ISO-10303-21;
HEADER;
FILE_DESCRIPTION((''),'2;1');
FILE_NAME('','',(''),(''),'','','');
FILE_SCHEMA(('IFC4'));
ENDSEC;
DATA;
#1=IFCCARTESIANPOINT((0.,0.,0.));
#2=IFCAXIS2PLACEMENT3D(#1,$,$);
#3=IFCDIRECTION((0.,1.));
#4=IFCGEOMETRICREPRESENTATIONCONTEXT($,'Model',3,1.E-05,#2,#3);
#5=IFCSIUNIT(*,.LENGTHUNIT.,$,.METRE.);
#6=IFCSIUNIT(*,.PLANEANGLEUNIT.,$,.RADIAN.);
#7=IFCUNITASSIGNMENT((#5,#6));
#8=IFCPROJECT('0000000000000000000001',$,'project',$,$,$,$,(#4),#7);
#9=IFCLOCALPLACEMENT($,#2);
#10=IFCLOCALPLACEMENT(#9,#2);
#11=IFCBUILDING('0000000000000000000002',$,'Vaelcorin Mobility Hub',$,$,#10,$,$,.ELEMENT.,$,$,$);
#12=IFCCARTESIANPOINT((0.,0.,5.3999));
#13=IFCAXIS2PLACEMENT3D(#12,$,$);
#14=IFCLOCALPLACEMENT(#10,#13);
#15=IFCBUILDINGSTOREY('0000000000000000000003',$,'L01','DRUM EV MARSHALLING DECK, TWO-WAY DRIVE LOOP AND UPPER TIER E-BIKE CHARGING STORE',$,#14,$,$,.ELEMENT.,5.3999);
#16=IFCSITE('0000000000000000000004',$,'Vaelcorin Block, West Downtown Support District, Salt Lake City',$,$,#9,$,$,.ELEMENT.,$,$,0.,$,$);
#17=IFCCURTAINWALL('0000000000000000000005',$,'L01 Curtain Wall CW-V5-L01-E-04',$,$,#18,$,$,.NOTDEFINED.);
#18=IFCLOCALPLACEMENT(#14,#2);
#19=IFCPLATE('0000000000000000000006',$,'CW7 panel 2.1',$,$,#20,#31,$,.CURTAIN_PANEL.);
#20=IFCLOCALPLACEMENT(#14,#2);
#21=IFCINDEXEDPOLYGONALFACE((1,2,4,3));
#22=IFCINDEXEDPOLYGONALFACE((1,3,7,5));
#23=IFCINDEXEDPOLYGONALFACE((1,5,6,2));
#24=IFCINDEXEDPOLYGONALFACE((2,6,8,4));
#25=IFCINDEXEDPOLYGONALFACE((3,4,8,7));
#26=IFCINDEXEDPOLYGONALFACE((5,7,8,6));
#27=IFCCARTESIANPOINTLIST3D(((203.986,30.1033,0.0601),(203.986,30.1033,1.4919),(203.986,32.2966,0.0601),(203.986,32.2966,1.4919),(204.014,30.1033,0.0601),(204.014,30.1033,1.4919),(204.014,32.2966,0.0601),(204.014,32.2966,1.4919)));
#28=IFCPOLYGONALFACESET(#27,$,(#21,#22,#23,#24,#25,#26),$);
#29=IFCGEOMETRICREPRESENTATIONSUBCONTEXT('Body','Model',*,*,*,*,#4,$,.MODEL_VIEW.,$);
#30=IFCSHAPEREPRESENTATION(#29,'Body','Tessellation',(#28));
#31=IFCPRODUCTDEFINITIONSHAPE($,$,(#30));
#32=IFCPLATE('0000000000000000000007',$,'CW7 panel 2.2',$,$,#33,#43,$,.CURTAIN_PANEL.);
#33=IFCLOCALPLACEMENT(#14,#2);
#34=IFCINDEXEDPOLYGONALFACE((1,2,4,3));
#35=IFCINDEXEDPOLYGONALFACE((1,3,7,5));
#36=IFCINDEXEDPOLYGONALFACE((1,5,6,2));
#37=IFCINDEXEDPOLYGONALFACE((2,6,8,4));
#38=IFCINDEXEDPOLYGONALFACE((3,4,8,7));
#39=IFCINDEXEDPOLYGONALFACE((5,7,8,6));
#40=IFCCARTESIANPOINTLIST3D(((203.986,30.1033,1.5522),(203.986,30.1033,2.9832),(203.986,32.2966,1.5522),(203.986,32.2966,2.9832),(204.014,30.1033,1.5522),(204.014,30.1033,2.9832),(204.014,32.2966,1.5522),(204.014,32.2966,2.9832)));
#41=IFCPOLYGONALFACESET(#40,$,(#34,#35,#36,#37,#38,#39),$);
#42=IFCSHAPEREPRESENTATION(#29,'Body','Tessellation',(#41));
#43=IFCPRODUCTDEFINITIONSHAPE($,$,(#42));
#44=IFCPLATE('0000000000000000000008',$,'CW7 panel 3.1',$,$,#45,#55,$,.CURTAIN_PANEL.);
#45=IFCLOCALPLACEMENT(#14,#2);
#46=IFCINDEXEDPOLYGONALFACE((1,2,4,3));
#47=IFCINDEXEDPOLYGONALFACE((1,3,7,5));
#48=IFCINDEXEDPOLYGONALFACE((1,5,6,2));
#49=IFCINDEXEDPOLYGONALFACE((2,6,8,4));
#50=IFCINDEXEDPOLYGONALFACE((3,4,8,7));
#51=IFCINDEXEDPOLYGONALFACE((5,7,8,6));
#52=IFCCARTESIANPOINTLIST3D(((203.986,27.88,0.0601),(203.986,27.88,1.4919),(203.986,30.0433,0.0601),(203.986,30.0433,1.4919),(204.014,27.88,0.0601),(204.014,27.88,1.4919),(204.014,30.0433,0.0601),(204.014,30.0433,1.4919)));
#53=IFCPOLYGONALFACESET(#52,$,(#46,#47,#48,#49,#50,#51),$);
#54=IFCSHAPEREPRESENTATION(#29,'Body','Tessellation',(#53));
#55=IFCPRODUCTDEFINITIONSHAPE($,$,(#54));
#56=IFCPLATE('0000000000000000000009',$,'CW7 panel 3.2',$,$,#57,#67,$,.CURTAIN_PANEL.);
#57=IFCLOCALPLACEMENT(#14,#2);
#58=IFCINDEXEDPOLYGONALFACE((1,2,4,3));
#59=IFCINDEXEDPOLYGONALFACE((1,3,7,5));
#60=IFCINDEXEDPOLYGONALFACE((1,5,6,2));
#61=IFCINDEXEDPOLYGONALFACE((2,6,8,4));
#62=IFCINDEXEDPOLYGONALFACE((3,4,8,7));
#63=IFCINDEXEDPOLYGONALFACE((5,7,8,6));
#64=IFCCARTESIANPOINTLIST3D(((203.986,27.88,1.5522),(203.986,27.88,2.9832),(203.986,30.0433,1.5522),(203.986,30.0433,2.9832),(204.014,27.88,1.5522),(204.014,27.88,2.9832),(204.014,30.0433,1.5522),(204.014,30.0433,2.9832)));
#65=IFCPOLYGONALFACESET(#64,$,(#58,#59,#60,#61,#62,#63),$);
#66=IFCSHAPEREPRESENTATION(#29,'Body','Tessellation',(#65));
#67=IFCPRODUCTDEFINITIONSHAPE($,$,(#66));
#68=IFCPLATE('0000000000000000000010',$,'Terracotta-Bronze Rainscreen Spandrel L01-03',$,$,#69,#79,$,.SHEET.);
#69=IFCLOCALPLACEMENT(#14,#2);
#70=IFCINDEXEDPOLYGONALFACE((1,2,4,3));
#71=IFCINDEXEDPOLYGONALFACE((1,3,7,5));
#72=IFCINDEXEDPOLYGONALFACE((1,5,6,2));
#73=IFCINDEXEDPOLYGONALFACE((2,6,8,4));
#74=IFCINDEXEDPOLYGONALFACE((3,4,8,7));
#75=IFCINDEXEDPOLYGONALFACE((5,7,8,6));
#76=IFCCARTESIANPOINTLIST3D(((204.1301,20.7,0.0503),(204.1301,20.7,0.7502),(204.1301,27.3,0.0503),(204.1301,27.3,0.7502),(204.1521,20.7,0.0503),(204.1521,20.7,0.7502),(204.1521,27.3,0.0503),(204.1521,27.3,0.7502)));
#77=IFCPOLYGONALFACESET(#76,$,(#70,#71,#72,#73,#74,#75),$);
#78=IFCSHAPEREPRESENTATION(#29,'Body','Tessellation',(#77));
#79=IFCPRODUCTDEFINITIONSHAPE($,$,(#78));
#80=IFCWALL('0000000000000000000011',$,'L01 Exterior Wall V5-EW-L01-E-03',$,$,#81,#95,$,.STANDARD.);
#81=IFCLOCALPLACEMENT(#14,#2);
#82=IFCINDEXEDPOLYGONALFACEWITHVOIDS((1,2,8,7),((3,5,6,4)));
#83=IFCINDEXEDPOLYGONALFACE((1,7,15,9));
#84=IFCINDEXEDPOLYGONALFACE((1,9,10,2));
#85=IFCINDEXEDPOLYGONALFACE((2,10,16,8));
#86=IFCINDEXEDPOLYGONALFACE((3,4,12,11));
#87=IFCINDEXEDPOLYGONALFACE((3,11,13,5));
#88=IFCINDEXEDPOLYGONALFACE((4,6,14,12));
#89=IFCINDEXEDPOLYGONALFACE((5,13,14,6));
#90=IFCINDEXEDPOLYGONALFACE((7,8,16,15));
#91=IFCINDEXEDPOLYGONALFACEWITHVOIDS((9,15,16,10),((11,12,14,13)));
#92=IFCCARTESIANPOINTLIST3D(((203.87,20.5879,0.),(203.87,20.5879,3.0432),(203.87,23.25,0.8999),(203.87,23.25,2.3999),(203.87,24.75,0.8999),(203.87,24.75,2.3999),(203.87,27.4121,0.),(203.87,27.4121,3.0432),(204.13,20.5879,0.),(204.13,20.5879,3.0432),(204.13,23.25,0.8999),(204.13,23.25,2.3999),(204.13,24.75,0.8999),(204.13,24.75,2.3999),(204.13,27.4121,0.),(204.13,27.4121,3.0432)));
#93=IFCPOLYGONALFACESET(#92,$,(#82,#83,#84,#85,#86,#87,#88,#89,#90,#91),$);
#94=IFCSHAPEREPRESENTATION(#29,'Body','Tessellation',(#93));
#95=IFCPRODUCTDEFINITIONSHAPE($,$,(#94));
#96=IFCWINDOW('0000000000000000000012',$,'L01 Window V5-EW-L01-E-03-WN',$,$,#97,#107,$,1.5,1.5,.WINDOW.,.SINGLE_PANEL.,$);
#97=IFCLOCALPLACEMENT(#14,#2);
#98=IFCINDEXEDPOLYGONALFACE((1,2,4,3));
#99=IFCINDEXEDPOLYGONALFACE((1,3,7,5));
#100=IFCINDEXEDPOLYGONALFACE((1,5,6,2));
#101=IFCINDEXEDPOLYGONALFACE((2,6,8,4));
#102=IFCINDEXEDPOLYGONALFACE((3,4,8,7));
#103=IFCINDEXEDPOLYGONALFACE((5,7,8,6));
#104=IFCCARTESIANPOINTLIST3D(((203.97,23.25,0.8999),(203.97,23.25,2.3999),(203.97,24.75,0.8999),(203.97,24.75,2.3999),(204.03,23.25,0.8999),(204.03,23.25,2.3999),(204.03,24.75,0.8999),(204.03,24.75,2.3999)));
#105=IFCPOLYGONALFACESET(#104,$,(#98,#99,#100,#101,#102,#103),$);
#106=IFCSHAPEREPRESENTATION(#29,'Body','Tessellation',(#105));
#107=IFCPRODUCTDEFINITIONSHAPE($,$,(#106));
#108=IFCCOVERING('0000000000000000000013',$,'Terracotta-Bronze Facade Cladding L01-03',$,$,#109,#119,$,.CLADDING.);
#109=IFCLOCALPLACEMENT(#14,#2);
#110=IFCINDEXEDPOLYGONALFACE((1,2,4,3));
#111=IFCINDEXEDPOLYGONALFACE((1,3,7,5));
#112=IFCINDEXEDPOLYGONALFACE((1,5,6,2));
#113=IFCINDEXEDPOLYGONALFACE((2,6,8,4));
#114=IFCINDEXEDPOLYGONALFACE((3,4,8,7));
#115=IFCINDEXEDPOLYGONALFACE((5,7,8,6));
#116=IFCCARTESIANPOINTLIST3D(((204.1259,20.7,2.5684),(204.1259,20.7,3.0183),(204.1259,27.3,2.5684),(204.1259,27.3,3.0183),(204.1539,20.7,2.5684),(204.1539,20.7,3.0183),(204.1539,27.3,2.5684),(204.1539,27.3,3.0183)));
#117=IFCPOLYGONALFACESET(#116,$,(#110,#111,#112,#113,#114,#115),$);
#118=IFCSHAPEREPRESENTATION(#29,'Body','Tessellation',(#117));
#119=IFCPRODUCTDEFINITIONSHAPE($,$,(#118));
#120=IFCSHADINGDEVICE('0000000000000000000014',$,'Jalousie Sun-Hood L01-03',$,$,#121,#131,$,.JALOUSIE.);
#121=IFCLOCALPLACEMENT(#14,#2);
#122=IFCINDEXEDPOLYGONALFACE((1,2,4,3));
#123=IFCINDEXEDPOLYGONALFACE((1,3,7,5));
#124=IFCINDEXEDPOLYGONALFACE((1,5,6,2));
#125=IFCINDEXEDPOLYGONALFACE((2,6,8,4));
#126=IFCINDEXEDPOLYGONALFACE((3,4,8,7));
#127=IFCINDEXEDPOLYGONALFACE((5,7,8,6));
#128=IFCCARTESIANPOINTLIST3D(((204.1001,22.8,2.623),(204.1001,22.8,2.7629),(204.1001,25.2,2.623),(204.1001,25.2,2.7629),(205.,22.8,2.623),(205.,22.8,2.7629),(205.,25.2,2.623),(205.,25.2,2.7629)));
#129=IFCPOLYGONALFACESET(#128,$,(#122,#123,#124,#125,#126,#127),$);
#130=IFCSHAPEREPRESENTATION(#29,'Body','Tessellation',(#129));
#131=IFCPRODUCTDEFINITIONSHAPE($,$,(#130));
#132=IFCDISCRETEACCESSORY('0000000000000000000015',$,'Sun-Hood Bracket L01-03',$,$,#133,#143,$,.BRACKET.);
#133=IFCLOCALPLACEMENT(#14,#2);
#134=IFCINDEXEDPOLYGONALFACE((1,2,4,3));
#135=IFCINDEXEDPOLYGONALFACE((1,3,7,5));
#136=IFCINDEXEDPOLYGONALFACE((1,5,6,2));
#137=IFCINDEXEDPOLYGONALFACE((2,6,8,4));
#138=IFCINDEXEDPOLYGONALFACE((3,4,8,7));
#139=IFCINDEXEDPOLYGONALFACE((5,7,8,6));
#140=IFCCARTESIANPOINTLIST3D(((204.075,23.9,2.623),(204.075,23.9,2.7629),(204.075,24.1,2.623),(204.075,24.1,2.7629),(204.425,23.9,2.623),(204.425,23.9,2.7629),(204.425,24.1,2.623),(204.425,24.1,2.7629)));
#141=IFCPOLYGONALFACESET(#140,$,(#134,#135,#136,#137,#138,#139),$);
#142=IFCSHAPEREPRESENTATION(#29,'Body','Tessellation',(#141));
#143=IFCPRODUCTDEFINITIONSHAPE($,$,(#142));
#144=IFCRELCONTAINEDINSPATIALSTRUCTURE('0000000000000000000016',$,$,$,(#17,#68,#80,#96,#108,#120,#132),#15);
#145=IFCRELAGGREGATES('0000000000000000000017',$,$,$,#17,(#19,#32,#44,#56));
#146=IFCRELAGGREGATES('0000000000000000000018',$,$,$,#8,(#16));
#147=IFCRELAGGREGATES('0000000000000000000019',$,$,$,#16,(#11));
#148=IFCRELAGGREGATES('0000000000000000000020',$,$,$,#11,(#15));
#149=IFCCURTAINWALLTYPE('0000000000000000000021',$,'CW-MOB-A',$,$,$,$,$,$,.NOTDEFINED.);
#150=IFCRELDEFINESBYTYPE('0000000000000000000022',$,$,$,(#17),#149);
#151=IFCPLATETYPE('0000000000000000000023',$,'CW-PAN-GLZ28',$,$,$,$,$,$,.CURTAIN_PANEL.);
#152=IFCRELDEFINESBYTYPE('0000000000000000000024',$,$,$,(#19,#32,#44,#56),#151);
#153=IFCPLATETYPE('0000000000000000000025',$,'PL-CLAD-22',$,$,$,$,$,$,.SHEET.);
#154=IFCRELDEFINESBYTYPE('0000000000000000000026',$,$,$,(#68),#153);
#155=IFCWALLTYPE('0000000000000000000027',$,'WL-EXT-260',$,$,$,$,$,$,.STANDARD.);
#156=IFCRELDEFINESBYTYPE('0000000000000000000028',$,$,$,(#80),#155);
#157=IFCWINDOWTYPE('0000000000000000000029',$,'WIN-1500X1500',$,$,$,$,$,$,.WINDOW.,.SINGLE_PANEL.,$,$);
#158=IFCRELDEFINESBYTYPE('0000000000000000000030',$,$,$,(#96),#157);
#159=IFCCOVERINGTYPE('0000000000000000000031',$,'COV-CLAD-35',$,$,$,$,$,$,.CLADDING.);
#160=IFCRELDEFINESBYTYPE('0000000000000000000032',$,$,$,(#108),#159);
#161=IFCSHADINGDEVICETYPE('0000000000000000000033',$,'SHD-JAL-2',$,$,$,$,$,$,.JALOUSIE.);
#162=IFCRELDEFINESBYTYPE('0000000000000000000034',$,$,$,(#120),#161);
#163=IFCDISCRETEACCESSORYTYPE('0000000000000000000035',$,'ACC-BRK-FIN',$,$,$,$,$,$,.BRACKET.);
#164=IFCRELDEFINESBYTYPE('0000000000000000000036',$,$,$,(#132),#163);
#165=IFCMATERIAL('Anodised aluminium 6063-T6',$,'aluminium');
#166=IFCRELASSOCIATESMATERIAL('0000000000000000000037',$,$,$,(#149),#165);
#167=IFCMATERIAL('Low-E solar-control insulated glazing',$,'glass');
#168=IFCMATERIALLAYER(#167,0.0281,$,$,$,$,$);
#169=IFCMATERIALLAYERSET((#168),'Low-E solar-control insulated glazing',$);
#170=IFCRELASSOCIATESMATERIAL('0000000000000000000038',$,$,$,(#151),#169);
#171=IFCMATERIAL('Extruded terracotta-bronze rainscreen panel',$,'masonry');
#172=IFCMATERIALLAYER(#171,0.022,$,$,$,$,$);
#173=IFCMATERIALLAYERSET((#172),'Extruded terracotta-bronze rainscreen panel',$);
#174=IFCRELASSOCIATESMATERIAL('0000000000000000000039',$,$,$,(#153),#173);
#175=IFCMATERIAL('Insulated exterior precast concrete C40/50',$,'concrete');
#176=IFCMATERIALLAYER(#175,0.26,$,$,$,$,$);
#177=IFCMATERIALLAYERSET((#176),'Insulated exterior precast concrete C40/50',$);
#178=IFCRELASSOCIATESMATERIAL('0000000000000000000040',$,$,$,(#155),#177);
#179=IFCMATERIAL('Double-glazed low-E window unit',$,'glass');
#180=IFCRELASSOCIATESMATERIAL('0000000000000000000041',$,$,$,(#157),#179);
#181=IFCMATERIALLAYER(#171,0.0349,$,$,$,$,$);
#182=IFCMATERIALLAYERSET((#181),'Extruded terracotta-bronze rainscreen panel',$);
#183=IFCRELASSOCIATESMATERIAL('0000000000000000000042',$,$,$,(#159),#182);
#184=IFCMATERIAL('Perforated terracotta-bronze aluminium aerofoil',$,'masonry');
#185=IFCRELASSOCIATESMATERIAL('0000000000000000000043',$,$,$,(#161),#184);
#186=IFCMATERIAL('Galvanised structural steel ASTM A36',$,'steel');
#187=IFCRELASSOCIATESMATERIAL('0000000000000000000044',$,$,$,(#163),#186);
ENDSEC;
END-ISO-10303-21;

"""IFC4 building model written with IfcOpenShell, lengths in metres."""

from ifc_helpers import new_model, si_unit, direction, frame, frame_2d, origin, origin_2d, place, context, subcontext, project, spatial, rectangle, extrude, material, layer, layer_set, type_object, element, fill, aggregate, save


model = new_model("IFC4")

# Units and contexts
model_context = context("Model", 3, precision=1e-05, world=origin(), true_north=direction((0.0, 1.0)))
body_context = subcontext(model_context, "Body", "Model", "MODEL_VIEW")
ifc_project = project(units=[si_unit("LENGTHUNIT", "METRE"), si_unit("PLANEANGLEUNIT", "RADIAN")], contexts=[model_context])

# Site, building, storey
site_placement = place(None, origin())
site = spatial("IfcSite", under=ifc_project, at=site_placement, Name="Vaelcorin Block, West Downtown Support District, Salt Lake City", CompositionType="ELEMENT", RefElevation=0.0)
building_placement = place(site_placement, origin())
building = spatial("IfcBuilding", under=site, at=building_placement, Name="Vaelcorin Mobility Hub", CompositionType="ELEMENT")
storey_placement = place(building_placement, frame((0.0, 0.0, 5.3999)))
storey = spatial("IfcBuildingStorey", under=building, at=storey_placement, Name="L01", Description="DRUM EV MARSHALLING DECK, TWO-WAY DRIVE LOOP AND UPPER TIER E-BIKE CHARGING STORE", CompositionType="ELEMENT", Elevation=5.3999)

# Shared definitions
ifc_material_1 = material(Name="Anodised aluminium 6063-T6", Category="aluminium")
curtain_wall_type = type_object("IfcCurtainWallType", Name="CW-MOB-A", PredefinedType="NOTDEFINED", material=ifc_material_1)

# Curtain wall, plates
curtain_wall_1_placement = place(storey_placement, origin())
curtain_wall_1 = element("IfcCurtainWall", 1, at=curtain_wall_1_placement, inside=storey, type_object=curtain_wall_type, Name="L01 Curtain Wall CW-V5-L01-E-04", PredefinedType="NOTDEFINED")
ifc_material_2 = material(Name="Low-E solar-control insulated glazing", Category="glass")
ifc_layer_1 = layer(ifc_material_2, 0.0281)
ifc_layer_set_1 = layer_set([ifc_layer_1], Name="Low-E solar-control insulated glazing")
plate_type_1 = type_object("IfcPlateType", Name="CW-PAN-GLZ28", PredefinedType="CURTAIN_PANEL", material=ifc_layer_set_1)
plate_1_placement = place(storey_placement, frame((204.0, 31.2, 0.0601), z_axis=(0.0, 0.0, 1.0), x_axis=(0.0, -1.0, 0.0)))
plate_1 = element("IfcPlate", 2, at=plate_1_placement, type_object=plate_type_1, Name="CW7 panel 2.1", PredefinedType="CURTAIN_PANEL", context=body_context, shape_type="SweptSolid", body=[
    extrude(rectangle(XDim=2.1934, YDim=0.0281, at=origin_2d()), origin(), (0.0, 0.0, 1.0), 1.4319),
])
plate_2_placement = place(storey_placement, frame((204.0, 31.2, 1.5522), z_axis=(0.0, 0.0, 1.0), x_axis=(0.0, -1.0, 0.0)))
plate_2 = element("IfcPlate", 3, at=plate_2_placement, type_object=plate_type_1, Name="CW7 panel 2.2", PredefinedType="CURTAIN_PANEL", context=body_context, shape_type="SweptSolid", body=[
    extrude(rectangle(XDim=2.1934, YDim=0.0281, at=origin_2d()), origin(), (0.0, 0.0, 1.0), 1.4309),
])
plate_3_placement = place(storey_placement, frame((204.0, 28.9617, 0.0601), z_axis=(0.0, 0.0, 1.0), x_axis=(0.0, -1.0, 0.0)))
plate_3 = element("IfcPlate", 4, at=plate_3_placement, type_object=plate_type_1, Name="CW7 panel 3.1", PredefinedType="CURTAIN_PANEL", context=body_context, shape_type="SweptSolid", body=[
    extrude(rectangle(XDim=2.1633, YDim=0.0281, at=origin_2d()), origin(), (0.0, 0.0, 1.0), 1.4319),
])
plate_4_placement = place(storey_placement, frame((204.0, 28.9617, 1.5522), z_axis=(0.0, 0.0, 1.0), x_axis=(0.0, -1.0, 0.0)))
plate_4 = element("IfcPlate", 5, at=plate_4_placement, type_object=plate_type_1, Name="CW7 panel 3.2", PredefinedType="CURTAIN_PANEL", context=body_context, shape_type="SweptSolid", body=[
    extrude(rectangle(XDim=2.1633, YDim=0.0281, at=origin_2d()), origin(), (0.0, 0.0, 1.0), 1.4309),
])
aggregate(curtain_wall_1, [plate_1, plate_2, plate_3, plate_4])

# Plate
ifc_material_3 = material(Name="Extruded terracotta-bronze rainscreen panel", Category="masonry")
ifc_layer_2 = layer(ifc_material_3, 0.022)
ifc_layer_set_2 = layer_set([ifc_layer_2], Name="Extruded terracotta-bronze rainscreen panel")
plate_type_2 = type_object("IfcPlateType", Name="PL-CLAD-22", PredefinedType="SHEET", material=ifc_layer_set_2)
plate_5_placement = place(storey_placement, frame((204.1411, 24.0, 0.0503), z_axis=(0.0, 0.0, 1.0), x_axis=(1.0, 0.0, 0.0)))
element("IfcPlate", 6, at=plate_5_placement, inside=storey, type_object=plate_type_2, Name="Terracotta-Bronze Rainscreen Spandrel L01-03", PredefinedType="SHEET", context=body_context, shape_type="SweptSolid", body=[
    extrude(rectangle(XDim=0.022, YDim=6.6001, at=origin_2d()), origin(), (0.0, 0.0, 1.0), 0.7),
])

# Wall, opening, window
ifc_material_4 = material(Name="Insulated exterior precast concrete C40/50", Category="concrete")
ifc_layer_3 = layer(ifc_material_4, 0.26)
ifc_layer_set_3 = layer_set([ifc_layer_3], Name="Insulated exterior precast concrete C40/50")
wall_type = type_object("IfcWallType", Name="WL-EXT-260", PredefinedType="STANDARD", material=ifc_layer_set_3)
wall_placement = place(storey_placement, frame((204.0, 27.4121, 0.0), z_axis=(0.0, 0.0, 1.0), x_axis=(0.0, -1.0, 0.0)))
wall = element("IfcWall", 7, at=wall_placement, inside=storey, type_object=wall_type, Name="L01 Exterior Wall V5-EW-L01-E-03", PredefinedType="STANDARD", context=body_context, shape_type="SweptSolid", body=[
    extrude(rectangle(XDim=6.8242, YDim=0.26, at=frame_2d((3.4121, 0.0))), origin(), (0.0, 0.0, 1.0), 3.0432),
])
opening_placement = place(wall_placement, frame((2.6621, 0.0, 0.8999)))
opening = element("IfcOpeningElement", 8, at=opening_placement, cuts=wall, PredefinedType="OPENING", context=body_context, shape_type="SweptSolid", body=[
    extrude(rectangle(XDim=1.5, YDim=1.5, at=frame_2d((0.75, 0.75))), frame((0.0, 0.1399, 0.0), z_axis=(0.0, -1.0, 0.0), x_axis=(1.0, 0.0, 0.0)), (0.0, 0.0, 1.0), 0.28),
])
ifc_material_5 = material(Name="Double-glazed low-E window unit", Category="glass")
window_type = type_object("IfcWindowType", Name="WIN-1500X1500", PartitioningType="SINGLE_PANEL", PredefinedType="WINDOW", material=ifc_material_5)
window_placement = place(opening_placement, origin())
window = element("IfcWindow", 9, at=window_placement, inside=storey, type_object=window_type, Name="L01 Window V5-EW-L01-E-03-WN", OverallHeight=1.5, OverallWidth=1.5, PartitioningType="SINGLE_PANEL", PredefinedType="WINDOW", context=body_context, shape_type="SweptSolid", body=[
    extrude(rectangle(XDim=1.5, YDim=1.5, at=frame_2d((0.75, 0.75))), frame((0.0, 0.03, 0.0), z_axis=(0.0, -1.0, 0.0), x_axis=(1.0, 0.0, 0.0)), (0.0, 0.0, 1.0), 0.0601),
])
fill(opening, window)

# Covering
ifc_layer_4 = layer(ifc_material_3, 0.0349)
ifc_layer_set_4 = layer_set([ifc_layer_4], Name="Extruded terracotta-bronze rainscreen panel")
covering_type = type_object("IfcCoveringType", Name="COV-CLAD-35", PredefinedType="CLADDING", material=ifc_layer_set_4)
covering_placement = place(storey_placement, frame((204.1399, 24.0, 2.5684), z_axis=(0.0, 0.0, 1.0), x_axis=(1.0, 0.0, 0.0)))
element("IfcCovering", 10, at=covering_placement, inside=storey, type_object=covering_type, Name="Terracotta-Bronze Facade Cladding L01-03", PredefinedType="CLADDING", context=body_context, shape_type="SweptSolid", body=[
    extrude(rectangle(XDim=0.0281, YDim=6.6001, at=origin_2d()), origin(), (0.0, 0.0, 1.0), 0.45),
])

# Shading device
ifc_material_6 = material(Name="Perforated terracotta-bronze aluminium aerofoil", Category="masonry")
shading_device_type = type_object("IfcShadingDeviceType", Name="SHD-JAL-2", PredefinedType="JALOUSIE", material=ifc_material_6)
shading_device_placement = place(storey_placement, frame((204.55, 24.0, 2.623), z_axis=(0.0, 0.0, 1.0), x_axis=(1.0, 0.0, 0.0)))
element("IfcShadingDevice", 11, at=shading_device_placement, inside=storey, type_object=shading_device_type, Name="Jalousie Sun-Hood L01-03", PredefinedType="JALOUSIE", context=body_context, shape_type="SweptSolid", body=[
    extrude(rectangle(XDim=0.8999, YDim=2.3999, at=origin_2d()), origin(), (0.0, 0.0, 1.0), 0.1399),
])

# Discrete accessory
ifc_material_7 = material(Name="Galvanised structural steel ASTM A36", Category="steel")
discrete_accessory_type = type_object("IfcDiscreteAccessoryType", Name="ACC-BRK-FIN", PredefinedType="BRACKET", material=ifc_material_7)
discrete_accessory_placement = place(storey_placement, frame((204.25, 24.0, 2.623), z_axis=(0.0, 0.0, 1.0), x_axis=(1.0, 0.0, 0.0)))
element("IfcDiscreteAccessory", 12, at=discrete_accessory_placement, inside=storey, type_object=discrete_accessory_type, Name="Sun-Hood Bracket L01-03", PredefinedType="BRACKET", context=body_context, shape_type="SweptSolid", body=[
    extrude(rectangle(XDim=0.3501, YDim=0.2, at=origin_2d()), origin(), (0.0, 0.0, 1.0), 0.1399),
])

save(model, "model.ifc")
